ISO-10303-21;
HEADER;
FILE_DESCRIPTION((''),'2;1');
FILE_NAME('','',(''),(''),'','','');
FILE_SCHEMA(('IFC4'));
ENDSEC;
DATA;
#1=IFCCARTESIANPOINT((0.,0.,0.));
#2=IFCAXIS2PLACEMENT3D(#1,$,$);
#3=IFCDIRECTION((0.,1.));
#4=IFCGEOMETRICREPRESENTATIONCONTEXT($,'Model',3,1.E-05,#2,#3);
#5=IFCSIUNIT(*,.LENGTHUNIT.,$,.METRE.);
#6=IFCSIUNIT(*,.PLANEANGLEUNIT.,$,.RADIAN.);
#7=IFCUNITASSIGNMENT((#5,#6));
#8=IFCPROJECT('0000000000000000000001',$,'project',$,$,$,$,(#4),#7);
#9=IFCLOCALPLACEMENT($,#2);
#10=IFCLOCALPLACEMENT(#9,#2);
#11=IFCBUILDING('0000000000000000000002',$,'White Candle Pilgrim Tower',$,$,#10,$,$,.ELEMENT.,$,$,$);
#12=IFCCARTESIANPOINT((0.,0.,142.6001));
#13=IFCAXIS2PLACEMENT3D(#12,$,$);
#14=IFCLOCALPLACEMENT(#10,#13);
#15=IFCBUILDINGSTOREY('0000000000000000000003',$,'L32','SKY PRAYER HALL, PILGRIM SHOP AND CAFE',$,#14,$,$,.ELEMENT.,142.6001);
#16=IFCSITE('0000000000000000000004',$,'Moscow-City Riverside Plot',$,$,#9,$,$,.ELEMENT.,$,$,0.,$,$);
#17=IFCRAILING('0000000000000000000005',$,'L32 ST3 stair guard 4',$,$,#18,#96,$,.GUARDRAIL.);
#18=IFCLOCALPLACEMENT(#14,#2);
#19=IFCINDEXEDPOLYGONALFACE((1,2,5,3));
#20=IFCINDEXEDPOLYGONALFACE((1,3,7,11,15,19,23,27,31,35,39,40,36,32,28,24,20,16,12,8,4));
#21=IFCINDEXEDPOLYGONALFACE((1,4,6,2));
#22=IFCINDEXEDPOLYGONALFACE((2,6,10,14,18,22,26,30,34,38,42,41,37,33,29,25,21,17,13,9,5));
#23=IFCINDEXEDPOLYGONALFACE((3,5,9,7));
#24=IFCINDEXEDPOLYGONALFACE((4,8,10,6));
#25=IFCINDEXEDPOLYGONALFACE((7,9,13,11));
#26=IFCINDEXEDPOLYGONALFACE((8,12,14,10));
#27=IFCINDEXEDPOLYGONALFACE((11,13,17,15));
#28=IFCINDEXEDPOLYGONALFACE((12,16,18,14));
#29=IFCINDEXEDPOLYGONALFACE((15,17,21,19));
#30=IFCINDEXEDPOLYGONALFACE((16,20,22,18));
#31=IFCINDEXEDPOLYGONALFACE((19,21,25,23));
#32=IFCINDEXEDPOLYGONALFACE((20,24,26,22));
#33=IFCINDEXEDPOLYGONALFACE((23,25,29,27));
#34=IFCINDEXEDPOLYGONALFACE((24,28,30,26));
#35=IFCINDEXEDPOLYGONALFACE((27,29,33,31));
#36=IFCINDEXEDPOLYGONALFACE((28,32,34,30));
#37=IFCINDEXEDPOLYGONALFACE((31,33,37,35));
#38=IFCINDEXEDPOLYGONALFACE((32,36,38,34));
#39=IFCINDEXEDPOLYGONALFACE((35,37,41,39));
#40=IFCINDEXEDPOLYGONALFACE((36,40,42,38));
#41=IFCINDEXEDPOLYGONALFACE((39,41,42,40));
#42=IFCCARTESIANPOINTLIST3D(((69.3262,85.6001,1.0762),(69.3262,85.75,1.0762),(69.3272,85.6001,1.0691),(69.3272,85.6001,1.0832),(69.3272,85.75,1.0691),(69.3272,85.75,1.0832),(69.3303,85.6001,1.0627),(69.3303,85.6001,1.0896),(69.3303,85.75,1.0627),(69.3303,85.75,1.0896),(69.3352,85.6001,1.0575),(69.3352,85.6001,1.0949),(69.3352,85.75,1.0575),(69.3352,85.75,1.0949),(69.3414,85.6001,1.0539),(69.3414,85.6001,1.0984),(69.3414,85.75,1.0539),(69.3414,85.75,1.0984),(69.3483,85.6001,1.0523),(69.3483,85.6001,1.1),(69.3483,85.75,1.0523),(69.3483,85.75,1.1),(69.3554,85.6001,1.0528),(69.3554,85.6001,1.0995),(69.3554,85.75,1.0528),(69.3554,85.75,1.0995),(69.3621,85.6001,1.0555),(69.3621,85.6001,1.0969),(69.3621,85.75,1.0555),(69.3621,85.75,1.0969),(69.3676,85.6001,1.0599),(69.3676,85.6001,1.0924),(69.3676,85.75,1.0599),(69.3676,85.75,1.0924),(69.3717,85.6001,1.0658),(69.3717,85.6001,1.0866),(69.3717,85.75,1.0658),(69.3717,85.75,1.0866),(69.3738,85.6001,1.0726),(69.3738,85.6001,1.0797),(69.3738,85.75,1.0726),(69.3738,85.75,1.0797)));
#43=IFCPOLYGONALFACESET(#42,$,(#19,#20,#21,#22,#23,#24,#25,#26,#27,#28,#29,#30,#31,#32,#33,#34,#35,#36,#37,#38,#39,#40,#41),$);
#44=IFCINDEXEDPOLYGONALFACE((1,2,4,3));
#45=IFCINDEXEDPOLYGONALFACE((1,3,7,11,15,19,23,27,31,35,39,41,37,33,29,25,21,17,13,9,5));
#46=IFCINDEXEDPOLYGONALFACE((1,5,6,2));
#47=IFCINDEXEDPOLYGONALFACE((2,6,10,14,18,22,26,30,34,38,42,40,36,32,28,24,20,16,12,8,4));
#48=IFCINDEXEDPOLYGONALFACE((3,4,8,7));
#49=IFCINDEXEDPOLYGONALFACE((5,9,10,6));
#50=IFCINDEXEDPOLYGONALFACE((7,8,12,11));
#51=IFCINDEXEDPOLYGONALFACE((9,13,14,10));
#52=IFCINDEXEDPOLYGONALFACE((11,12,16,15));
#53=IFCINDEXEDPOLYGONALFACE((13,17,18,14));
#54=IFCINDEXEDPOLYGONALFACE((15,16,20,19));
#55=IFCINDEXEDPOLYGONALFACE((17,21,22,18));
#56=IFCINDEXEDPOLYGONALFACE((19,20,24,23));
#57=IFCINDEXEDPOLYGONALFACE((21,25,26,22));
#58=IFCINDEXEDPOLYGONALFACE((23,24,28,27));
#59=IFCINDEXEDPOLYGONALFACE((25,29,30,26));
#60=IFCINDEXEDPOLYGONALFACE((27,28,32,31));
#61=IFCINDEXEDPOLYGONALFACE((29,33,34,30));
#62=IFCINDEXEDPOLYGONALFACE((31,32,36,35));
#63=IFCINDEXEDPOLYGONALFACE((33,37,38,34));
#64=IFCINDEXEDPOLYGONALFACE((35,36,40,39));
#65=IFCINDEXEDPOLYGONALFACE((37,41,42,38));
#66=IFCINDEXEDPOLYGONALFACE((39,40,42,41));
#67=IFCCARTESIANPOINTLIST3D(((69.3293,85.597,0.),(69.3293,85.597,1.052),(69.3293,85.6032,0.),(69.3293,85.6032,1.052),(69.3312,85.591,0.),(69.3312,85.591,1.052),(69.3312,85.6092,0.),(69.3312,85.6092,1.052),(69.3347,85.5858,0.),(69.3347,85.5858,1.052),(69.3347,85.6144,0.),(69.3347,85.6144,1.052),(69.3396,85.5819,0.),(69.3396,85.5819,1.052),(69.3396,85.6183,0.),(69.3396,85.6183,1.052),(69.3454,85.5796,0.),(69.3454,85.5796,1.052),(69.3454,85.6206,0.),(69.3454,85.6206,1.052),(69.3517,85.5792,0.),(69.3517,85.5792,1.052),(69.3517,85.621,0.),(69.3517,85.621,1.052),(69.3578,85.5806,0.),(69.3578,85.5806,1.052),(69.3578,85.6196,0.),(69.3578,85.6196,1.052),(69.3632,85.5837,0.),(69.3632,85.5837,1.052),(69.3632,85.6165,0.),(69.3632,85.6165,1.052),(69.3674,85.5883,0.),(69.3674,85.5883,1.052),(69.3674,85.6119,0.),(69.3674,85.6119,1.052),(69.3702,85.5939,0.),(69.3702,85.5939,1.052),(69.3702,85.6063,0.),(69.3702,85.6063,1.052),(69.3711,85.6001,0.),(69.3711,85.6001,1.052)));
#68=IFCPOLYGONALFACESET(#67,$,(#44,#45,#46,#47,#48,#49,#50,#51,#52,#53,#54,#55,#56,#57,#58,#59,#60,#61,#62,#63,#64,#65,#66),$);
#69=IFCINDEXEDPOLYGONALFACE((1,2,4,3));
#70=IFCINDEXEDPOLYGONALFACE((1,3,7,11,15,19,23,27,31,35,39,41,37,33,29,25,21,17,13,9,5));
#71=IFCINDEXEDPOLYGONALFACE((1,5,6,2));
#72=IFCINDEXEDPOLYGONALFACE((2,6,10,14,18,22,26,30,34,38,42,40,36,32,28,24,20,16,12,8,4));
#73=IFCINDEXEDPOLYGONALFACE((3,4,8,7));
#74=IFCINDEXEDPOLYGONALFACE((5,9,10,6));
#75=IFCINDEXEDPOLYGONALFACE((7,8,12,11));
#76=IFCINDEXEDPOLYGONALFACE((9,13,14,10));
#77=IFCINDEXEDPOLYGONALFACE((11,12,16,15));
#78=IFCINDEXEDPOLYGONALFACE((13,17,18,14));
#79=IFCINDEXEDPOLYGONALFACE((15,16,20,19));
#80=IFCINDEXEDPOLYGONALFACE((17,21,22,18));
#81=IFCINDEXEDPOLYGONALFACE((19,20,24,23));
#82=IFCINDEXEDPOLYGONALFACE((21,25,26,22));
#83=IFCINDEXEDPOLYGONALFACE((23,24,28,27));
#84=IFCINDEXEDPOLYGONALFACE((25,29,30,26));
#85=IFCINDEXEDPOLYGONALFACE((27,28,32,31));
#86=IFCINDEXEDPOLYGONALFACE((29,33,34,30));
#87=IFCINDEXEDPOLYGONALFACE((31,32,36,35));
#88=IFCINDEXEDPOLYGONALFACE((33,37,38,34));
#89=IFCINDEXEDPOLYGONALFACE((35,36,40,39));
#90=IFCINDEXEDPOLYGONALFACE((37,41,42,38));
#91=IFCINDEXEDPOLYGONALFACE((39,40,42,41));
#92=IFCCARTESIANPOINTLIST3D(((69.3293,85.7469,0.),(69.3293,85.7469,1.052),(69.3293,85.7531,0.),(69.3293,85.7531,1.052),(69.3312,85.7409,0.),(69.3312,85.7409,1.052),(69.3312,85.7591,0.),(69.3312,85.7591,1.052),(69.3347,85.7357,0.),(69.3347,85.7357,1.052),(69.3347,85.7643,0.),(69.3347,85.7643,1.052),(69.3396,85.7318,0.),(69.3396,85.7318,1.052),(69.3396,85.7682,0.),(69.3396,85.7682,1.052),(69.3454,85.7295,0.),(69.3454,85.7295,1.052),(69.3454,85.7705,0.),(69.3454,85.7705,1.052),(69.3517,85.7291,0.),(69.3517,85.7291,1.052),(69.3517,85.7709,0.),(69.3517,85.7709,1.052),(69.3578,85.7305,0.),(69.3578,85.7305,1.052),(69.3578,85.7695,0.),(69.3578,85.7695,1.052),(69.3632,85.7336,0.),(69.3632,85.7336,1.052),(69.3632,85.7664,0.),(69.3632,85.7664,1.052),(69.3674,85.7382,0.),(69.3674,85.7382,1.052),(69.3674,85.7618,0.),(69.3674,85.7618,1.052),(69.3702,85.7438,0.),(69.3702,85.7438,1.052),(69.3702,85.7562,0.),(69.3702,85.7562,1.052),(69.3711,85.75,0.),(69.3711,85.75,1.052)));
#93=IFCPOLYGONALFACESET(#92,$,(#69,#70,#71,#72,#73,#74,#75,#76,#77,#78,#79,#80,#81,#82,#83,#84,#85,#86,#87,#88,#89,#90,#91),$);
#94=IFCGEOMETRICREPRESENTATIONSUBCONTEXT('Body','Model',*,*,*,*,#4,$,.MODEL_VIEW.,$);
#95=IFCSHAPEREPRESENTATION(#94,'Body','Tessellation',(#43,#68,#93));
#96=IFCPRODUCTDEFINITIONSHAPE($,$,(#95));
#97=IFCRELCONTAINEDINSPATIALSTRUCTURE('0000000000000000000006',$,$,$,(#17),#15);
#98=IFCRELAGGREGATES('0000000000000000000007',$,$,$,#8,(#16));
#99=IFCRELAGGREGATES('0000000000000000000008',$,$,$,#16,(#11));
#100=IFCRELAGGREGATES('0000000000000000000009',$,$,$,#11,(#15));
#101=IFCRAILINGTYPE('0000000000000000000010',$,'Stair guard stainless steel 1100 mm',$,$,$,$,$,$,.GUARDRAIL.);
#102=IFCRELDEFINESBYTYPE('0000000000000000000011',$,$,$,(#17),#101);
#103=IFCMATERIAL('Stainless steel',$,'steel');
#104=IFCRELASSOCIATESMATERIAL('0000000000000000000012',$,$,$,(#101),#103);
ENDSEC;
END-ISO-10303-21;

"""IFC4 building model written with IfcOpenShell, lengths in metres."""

from ifc_helpers import new_model, si_unit, direction, frame, origin, origin_2d, place, context, subcontext, project, spatial, circle, extrude, material, type_object, element, save


model = new_model("IFC4")

# Units and contexts
model_context = context("Model", 3, precision=1e-05, world=origin(), true_north=direction((0.0, 1.0)))
body_context = subcontext(model_context, "Body", "Model", "MODEL_VIEW")
ifc_project = project(units=[si_unit("LENGTHUNIT", "METRE"), si_unit("PLANEANGLEUNIT", "RADIAN")], contexts=[model_context])

# Site, building, storey
site_placement = place(None, origin())
site = spatial("IfcSite", under=ifc_project, at=site_placement, Name="Moscow-City Riverside Plot", CompositionType="ELEMENT", RefElevation=0.0)
building_placement = place(site_placement, origin())
building = spatial("IfcBuilding", under=site, at=building_placement, Name="White Candle Pilgrim Tower", CompositionType="ELEMENT")
storey_placement = place(building_placement, frame((0.0, 0.0, 142.6001)))
storey = spatial("IfcBuildingStorey", under=building, at=storey_placement, Name="L32", Description="SKY PRAYER HALL, PILGRIM SHOP AND CAFE", CompositionType="ELEMENT", Elevation=142.6001)

# Shared definitions
ifc_material_1 = material(Name="Stainless steel", Category="steel")

# Railing
railing_type_1 = type_object("IfcRailingType", Name="Stair guard stainless steel 1100 mm", PredefinedType="GUARDRAIL", material=ifc_material_1)
railing_1_placement = place(storey_placement, frame((69.3501, 85.6001, 0.0)))
element("IfcRailing", 1, at=railing_1_placement, inside=storey, type_object=railing_type_1, Name="L32 ST3 stair guard 4", PredefinedType="GUARDRAIL", context=body_context, shape_type="SweptSolid", body=[
    extrude(circle(Radius=0.0239, at=origin_2d()), frame((0.0, 0.0, 1.0762), z_axis=(0.0, 1.0, 0.0), x_axis=(-1.0, 0.0, 0.0)), (0.0, 0.0, 1.0), 0.1499),
    extrude(circle(Radius=0.021, at=origin_2d()), origin(), (0.0, 0.0, 1.0), 1.052),
    extrude(circle(Radius=0.021, at=origin_2d()), frame((0.0, 0.1499, 0.0)), (0.0, 0.0, 1.0), 1.052),
])

save(model, "model.ifc")
